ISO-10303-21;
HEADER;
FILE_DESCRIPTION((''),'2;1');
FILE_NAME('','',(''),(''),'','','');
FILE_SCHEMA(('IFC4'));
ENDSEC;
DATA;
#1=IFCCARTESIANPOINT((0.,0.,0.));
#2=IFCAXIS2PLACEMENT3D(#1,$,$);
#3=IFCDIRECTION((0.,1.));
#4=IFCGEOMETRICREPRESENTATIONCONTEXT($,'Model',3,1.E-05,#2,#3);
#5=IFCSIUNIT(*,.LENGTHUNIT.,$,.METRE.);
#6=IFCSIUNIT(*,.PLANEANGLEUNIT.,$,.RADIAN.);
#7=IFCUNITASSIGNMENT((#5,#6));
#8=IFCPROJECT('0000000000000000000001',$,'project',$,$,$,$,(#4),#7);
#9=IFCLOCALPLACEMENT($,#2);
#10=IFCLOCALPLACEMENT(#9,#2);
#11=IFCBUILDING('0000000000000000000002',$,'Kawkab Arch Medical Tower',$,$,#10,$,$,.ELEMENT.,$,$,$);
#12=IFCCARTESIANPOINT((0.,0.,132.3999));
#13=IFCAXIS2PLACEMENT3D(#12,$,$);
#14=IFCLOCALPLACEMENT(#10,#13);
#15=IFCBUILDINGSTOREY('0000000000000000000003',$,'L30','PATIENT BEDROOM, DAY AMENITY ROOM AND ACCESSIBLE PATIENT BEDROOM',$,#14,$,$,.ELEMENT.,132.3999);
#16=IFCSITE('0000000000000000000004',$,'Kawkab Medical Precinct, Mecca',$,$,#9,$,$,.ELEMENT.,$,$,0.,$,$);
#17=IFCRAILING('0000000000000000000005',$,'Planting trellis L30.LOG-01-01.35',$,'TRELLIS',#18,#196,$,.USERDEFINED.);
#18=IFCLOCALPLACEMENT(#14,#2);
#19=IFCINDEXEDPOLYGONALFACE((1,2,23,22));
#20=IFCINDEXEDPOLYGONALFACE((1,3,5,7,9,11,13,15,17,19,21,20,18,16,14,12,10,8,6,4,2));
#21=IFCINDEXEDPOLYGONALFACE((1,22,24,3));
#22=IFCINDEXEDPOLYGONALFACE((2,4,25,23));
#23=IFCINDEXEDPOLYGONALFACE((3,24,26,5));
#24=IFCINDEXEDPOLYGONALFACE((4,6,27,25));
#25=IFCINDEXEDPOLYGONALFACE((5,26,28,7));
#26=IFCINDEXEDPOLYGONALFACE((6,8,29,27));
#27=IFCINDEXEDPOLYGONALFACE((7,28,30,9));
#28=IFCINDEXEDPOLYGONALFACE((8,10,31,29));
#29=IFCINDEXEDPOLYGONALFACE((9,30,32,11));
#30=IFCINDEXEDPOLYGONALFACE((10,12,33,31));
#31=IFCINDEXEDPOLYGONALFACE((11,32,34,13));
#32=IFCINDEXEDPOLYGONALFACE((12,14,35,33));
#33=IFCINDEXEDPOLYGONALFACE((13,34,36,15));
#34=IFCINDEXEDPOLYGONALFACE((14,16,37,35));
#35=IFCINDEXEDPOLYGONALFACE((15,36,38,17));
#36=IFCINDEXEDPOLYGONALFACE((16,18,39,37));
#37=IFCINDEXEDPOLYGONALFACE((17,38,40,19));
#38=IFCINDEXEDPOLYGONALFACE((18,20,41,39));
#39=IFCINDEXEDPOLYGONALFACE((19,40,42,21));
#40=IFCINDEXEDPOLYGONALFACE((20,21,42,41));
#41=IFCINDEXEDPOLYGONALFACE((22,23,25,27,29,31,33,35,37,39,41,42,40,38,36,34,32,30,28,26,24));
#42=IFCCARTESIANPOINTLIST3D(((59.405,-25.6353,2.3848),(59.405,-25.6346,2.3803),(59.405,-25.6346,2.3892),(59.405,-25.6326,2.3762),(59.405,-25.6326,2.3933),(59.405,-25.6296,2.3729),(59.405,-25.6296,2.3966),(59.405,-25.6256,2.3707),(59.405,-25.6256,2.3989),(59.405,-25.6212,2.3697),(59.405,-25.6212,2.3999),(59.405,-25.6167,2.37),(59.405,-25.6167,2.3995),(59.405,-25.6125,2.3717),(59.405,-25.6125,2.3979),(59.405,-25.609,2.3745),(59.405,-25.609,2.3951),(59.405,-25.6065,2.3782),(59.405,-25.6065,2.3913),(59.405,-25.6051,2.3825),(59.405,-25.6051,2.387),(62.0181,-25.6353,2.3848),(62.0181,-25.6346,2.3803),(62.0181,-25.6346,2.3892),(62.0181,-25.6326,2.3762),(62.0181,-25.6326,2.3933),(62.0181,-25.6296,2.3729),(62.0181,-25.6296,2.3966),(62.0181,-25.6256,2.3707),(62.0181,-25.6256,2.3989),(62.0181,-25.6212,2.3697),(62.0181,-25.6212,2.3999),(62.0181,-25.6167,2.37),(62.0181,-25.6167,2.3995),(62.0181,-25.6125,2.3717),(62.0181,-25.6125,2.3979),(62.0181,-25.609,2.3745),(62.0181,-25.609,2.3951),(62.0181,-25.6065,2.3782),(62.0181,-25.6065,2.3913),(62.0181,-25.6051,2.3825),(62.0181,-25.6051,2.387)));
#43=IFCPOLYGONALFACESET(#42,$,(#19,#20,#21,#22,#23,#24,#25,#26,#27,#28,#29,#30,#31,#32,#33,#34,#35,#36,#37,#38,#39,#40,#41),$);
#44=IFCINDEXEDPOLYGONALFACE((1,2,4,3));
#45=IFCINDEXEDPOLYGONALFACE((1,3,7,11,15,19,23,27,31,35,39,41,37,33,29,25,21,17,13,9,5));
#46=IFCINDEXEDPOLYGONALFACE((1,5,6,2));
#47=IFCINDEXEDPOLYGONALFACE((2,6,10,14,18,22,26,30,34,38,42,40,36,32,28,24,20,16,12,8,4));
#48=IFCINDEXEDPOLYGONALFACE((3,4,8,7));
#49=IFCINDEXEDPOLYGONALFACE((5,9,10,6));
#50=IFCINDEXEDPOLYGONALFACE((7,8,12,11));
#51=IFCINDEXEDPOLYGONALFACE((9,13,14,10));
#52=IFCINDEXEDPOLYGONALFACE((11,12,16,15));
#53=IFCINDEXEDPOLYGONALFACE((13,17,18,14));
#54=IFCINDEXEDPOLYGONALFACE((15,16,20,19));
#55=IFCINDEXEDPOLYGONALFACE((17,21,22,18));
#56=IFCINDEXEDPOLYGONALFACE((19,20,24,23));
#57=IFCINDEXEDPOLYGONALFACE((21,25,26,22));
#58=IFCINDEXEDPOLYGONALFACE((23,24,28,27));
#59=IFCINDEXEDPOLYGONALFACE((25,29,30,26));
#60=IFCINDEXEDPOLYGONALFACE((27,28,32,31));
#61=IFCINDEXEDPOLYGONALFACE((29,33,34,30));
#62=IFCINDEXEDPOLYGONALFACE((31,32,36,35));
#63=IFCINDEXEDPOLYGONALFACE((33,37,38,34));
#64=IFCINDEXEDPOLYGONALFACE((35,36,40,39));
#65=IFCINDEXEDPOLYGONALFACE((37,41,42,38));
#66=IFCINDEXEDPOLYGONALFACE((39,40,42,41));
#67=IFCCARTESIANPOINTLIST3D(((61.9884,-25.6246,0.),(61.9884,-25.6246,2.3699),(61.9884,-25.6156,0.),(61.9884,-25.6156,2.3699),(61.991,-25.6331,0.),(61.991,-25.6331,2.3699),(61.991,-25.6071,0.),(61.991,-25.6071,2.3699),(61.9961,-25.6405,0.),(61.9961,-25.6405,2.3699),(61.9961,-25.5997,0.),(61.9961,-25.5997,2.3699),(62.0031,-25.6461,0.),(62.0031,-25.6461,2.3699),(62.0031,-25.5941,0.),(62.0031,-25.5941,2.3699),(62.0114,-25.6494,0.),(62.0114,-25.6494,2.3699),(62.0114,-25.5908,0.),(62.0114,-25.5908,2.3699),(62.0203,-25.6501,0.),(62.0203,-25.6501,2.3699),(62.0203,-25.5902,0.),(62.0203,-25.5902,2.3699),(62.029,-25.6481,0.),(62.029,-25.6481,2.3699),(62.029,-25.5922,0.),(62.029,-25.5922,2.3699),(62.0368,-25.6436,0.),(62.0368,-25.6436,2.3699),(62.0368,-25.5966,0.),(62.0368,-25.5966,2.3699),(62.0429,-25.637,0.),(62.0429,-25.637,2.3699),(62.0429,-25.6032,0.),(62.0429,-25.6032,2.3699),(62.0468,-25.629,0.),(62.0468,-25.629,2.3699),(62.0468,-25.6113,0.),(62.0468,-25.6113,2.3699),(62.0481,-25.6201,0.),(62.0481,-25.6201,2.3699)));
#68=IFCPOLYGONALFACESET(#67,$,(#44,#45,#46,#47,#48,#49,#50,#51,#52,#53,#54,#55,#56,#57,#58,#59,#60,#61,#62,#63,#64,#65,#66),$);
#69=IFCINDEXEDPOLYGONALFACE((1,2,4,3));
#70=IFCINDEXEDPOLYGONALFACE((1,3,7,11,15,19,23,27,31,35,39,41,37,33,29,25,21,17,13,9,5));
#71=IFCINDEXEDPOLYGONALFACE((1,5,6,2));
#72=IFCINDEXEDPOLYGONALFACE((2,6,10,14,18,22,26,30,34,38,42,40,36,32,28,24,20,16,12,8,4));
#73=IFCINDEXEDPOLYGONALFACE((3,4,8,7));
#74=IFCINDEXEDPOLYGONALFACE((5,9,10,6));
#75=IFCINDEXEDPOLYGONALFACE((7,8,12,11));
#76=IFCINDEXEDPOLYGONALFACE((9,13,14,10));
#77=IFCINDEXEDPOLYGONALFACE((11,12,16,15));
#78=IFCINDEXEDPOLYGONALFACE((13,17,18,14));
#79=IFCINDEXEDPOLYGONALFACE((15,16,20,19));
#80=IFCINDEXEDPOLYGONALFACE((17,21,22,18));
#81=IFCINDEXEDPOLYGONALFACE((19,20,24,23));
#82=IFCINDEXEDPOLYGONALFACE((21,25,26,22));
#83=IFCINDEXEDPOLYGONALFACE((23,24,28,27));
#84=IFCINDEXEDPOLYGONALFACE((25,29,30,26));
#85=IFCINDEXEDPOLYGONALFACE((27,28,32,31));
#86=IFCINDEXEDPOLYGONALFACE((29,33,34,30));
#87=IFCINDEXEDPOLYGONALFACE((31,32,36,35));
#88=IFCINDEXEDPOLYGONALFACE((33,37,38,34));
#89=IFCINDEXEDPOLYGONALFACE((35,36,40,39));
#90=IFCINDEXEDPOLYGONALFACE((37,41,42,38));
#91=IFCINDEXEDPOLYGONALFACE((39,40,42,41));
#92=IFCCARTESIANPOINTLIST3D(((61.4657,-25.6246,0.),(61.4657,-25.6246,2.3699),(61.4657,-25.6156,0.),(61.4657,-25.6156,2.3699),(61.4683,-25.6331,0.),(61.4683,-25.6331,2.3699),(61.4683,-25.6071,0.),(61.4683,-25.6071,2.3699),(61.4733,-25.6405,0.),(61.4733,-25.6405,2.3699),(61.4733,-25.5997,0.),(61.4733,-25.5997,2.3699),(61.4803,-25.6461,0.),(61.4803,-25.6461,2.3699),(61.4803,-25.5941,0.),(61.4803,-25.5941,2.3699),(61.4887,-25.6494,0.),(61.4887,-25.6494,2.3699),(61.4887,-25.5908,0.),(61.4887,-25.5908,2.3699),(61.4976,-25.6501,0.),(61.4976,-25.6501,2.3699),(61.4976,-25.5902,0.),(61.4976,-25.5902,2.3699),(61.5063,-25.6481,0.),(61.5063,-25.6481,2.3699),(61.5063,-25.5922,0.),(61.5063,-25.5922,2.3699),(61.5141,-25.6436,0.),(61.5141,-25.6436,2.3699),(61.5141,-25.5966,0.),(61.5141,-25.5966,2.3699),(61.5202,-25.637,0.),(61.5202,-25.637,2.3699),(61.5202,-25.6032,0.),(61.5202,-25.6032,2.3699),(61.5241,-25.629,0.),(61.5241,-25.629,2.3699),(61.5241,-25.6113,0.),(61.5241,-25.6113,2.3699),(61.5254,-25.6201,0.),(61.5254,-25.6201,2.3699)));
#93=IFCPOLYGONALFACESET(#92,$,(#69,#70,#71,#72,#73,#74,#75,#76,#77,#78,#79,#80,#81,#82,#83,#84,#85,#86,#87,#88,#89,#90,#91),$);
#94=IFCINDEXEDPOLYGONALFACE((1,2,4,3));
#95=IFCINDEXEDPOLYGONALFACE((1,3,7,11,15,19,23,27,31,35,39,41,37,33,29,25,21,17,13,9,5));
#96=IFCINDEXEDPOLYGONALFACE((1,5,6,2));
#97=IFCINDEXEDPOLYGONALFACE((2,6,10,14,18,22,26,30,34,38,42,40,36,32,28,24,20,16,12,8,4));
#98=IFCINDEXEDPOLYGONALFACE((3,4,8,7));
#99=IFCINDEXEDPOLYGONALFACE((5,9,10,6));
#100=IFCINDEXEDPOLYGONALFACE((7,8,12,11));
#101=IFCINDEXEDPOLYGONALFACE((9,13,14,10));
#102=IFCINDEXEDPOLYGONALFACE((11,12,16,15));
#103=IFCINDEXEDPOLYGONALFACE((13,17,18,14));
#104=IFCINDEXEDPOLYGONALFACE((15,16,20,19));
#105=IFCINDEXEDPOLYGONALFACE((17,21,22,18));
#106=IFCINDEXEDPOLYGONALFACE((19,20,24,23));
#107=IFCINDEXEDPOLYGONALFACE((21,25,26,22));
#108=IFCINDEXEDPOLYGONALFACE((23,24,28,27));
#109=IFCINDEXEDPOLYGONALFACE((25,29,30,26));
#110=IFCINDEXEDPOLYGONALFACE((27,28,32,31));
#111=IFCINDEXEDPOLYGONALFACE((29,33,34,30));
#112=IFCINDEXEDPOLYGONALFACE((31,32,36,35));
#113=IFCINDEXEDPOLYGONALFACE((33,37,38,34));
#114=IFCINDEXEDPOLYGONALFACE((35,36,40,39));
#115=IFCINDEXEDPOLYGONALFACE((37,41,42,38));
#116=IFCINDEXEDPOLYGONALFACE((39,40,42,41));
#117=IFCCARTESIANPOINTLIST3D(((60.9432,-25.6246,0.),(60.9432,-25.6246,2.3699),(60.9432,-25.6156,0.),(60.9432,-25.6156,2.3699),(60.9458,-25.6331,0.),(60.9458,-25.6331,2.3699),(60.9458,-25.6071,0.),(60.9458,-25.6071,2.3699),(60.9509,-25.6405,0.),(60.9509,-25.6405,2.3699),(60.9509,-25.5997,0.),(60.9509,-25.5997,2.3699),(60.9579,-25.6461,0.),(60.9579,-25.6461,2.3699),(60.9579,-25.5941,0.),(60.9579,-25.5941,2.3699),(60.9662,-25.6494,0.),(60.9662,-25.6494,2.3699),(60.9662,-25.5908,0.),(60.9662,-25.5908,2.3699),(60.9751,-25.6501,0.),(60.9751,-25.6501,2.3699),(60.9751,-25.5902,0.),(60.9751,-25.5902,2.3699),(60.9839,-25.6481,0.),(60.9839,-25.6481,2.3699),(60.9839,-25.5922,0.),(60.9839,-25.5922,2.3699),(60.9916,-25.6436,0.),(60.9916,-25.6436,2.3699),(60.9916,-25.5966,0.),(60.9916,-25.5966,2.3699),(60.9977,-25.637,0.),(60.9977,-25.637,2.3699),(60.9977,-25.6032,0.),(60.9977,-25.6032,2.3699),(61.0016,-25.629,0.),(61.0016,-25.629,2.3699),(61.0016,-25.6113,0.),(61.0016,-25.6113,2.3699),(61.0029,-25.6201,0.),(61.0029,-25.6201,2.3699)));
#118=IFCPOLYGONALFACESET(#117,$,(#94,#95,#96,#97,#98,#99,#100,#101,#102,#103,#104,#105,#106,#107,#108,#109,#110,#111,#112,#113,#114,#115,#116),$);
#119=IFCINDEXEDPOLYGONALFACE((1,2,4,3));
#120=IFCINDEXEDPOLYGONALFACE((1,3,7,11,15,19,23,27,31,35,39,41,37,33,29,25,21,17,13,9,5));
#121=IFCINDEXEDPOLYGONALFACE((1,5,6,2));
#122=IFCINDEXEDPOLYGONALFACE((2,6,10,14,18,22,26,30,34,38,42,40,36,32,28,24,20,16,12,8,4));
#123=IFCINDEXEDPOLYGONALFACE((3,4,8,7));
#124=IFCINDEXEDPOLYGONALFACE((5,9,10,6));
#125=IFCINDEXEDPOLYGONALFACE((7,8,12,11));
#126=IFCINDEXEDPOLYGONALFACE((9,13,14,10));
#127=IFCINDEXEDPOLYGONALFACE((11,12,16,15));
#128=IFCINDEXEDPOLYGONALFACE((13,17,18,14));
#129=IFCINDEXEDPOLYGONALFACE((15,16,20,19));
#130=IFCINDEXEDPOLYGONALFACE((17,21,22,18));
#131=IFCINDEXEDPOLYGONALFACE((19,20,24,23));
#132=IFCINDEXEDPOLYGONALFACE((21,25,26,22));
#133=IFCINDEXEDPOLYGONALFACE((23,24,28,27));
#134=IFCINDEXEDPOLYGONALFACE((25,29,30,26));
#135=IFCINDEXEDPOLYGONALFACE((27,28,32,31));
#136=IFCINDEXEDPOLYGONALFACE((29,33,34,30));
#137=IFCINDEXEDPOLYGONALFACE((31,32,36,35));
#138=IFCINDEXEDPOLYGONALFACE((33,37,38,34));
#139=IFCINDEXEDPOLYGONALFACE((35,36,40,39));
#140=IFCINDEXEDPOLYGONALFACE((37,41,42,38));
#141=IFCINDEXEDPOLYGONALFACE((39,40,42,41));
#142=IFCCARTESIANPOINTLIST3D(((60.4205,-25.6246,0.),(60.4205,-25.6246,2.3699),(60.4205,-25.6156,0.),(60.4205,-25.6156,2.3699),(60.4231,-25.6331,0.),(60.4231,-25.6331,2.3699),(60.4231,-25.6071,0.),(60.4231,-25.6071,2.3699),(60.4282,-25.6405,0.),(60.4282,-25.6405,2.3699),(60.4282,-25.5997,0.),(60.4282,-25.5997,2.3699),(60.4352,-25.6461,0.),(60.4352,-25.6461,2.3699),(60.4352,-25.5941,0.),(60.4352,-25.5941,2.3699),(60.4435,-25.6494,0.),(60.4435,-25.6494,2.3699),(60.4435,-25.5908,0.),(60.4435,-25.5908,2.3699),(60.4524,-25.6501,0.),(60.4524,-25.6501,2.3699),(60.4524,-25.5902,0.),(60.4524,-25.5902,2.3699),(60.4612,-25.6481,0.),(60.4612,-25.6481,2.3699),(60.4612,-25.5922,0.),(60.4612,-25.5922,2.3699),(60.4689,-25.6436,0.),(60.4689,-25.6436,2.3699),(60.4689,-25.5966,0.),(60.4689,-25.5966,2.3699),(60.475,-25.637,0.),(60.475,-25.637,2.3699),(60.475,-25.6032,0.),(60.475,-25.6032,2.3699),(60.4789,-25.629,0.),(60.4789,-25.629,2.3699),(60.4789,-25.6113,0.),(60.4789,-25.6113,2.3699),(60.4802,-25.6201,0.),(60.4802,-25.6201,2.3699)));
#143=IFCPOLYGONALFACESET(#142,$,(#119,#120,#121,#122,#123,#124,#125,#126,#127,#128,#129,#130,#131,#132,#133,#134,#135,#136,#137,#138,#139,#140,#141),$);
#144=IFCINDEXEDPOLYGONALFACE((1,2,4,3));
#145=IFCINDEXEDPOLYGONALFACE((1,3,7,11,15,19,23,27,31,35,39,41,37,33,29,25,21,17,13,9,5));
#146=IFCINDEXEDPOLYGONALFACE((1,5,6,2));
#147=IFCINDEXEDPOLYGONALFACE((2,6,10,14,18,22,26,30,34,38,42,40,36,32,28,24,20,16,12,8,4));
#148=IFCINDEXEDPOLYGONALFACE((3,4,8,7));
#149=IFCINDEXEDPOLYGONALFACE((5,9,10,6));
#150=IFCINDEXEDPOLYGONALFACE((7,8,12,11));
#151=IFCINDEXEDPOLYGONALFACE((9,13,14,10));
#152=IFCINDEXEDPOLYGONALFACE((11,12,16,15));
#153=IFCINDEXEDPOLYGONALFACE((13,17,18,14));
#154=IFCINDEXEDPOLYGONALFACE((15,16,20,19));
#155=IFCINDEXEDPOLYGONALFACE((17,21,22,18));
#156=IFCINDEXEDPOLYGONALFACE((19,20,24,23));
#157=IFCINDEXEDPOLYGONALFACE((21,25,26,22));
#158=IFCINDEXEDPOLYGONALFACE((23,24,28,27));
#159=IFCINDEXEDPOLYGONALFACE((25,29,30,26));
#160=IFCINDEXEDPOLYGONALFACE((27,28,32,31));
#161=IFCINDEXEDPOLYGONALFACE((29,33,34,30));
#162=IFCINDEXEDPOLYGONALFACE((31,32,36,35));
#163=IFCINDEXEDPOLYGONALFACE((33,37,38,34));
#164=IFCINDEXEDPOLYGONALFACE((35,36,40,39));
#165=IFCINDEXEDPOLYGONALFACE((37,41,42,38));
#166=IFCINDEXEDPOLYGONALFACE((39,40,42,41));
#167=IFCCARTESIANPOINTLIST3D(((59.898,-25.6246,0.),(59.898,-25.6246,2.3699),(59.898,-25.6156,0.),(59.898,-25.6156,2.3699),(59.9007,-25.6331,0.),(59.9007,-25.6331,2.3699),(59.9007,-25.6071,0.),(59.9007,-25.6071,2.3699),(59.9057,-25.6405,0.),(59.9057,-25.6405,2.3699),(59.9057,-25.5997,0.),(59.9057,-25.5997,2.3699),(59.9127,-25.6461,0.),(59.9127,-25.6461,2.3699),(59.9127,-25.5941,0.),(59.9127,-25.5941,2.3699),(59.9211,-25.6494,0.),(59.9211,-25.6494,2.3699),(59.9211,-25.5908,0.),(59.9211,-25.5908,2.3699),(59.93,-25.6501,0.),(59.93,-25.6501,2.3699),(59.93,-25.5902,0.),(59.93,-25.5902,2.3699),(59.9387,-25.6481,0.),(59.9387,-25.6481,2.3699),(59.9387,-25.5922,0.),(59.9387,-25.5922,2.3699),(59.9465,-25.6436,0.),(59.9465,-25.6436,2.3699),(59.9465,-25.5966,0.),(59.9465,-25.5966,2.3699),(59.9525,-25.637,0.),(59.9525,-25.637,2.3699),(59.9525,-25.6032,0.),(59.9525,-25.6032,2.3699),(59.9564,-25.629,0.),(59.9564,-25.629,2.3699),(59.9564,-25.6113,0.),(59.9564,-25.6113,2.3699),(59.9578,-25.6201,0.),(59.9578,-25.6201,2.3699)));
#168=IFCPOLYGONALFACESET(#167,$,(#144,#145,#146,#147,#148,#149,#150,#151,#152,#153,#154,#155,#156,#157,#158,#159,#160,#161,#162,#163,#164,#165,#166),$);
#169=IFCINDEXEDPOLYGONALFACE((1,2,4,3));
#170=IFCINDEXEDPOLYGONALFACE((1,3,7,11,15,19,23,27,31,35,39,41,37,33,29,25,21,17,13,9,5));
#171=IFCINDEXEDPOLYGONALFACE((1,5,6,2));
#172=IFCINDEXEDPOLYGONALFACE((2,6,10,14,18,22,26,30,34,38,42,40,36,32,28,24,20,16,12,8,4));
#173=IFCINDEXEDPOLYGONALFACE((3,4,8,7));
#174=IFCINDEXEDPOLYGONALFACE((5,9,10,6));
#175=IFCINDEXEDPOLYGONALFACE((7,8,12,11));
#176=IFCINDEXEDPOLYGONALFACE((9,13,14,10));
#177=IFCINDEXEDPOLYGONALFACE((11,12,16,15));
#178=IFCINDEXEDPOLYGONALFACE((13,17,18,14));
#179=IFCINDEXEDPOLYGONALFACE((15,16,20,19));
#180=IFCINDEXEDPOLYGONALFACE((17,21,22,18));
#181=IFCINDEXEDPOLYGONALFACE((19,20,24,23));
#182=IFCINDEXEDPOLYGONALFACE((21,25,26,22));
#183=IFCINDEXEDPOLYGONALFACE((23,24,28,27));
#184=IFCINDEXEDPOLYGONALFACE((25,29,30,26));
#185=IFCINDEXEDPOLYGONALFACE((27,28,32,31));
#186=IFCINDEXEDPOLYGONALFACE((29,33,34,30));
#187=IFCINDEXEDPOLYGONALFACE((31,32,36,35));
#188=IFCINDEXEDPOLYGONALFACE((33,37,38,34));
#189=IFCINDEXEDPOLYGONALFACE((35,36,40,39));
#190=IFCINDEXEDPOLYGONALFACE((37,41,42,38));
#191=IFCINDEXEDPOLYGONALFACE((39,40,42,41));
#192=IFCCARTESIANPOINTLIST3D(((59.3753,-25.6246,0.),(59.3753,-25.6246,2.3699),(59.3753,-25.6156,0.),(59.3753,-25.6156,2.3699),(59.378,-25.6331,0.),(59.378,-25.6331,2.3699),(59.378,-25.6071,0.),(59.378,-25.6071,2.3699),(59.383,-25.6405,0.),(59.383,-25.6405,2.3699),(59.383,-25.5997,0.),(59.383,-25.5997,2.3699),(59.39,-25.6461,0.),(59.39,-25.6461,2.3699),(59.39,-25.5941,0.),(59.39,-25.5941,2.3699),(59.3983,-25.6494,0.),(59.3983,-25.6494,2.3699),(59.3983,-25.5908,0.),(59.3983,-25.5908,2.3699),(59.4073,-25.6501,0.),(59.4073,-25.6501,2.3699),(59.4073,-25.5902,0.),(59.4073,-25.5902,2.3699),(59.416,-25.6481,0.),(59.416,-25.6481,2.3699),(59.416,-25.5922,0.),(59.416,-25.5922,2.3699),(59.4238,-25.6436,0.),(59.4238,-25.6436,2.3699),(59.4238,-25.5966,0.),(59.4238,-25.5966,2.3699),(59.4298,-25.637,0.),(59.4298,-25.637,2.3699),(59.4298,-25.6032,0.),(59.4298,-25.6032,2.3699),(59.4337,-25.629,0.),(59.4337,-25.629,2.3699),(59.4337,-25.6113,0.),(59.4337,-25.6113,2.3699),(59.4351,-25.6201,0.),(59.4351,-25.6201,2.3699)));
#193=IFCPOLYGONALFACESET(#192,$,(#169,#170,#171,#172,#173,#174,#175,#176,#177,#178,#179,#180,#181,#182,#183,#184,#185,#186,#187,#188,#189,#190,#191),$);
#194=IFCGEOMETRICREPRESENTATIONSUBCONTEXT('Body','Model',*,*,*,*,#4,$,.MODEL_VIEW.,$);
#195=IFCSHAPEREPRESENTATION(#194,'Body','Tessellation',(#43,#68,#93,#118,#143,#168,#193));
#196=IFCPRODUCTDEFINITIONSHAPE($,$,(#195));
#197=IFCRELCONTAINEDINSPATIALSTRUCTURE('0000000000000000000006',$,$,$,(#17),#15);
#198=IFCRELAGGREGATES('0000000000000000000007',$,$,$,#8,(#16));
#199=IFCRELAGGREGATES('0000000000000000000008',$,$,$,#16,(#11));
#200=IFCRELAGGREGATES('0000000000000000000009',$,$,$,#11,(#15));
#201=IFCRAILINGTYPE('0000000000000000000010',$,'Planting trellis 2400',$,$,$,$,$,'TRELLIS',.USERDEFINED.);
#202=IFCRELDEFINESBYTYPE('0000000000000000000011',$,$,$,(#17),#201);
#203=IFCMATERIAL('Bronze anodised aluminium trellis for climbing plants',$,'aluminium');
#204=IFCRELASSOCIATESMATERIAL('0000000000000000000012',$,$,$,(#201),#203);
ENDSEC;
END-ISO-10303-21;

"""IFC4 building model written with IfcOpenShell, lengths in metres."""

from ifc_helpers import new_model, si_unit, direction, frame, origin, origin_2d, place, context, subcontext, project, spatial, circle, extrude, material, type_object, element, save


model = new_model("IFC4")

# Units and contexts
model_context = context("Model", 3, precision=1e-05, world=origin(), true_north=direction((0.0, 1.0)))
body_context = subcontext(model_context, "Body", "Model", "MODEL_VIEW")
ifc_project = project(units=[si_unit("LENGTHUNIT", "METRE"), si_unit("PLANEANGLEUNIT", "RADIAN")], contexts=[model_context])

# Site, building, storey
site_placement = place(None, origin())
site = spatial("IfcSite", under=ifc_project, at=site_placement, Name="Kawkab Medical Precinct, Mecca", CompositionType="ELEMENT", RefElevation=0.0)
building_placement = place(site_placement, origin())
building = spatial("IfcBuilding", under=site, at=building_placement, Name="Kawkab Arch Medical Tower", CompositionType="ELEMENT")
storey_placement = place(building_placement, frame((0.0, 0.0, 132.3999)))
storey = spatial("IfcBuildingStorey", under=building, at=storey_placement, Name="L30", Description="PATIENT BEDROOM, DAY AMENITY ROOM AND ACCESSIBLE PATIENT BEDROOM", CompositionType="ELEMENT", Elevation=132.3999)

# Railing
ifc_material_1 = material(Name="Bronze anodised aluminium trellis for climbing plants", Category="aluminium")
railing_type = type_object("IfcRailingType", Name="Planting trellis 2400", ElementType="TRELLIS", PredefinedType="USERDEFINED", material=ifc_material_1)
railing_1_placement = place(storey_placement, frame((62.0181, -25.6201, 0.0)))
element("IfcRailing", 1, at=railing_1_placement, inside=storey, type_object=railing_type, Name="Planting trellis L30.LOG-01-01.35", ObjectType="TRELLIS", PredefinedType="USERDEFINED", context=body_context, shape_type="SweptSolid", body=[
    extrude(circle(Radius=0.0151, at=origin_2d()), frame((0.0, 0.0, 2.3848), z_axis=(-1.0, 0.0, 0.0), x_axis=(0.0, -1.0, 0.0)), (0.0, 0.0, 1.0), 2.613),
    extrude(circle(Radius=0.03, at=origin_2d()), origin(), (0.0, 0.0, 1.0), 2.3699),
    extrude(circle(Radius=0.03, at=origin_2d()), frame((-0.5227, 0.0, 0.0)), (0.0, 0.0, 1.0), 2.3699),
    extrude(circle(Radius=0.03, at=origin_2d()), frame((-1.0452, 0.0, 0.0)), (0.0, 0.0, 1.0), 2.3699),
    extrude(circle(Radius=0.03, at=origin_2d()), frame((-1.5679, 0.0, 0.0)), (0.0, 0.0, 1.0), 2.3699),
    extrude(circle(Radius=0.03, at=origin_2d()), frame((-2.0903, 0.0, 0.0)), (0.0, 0.0, 1.0), 2.3699),
    extrude(circle(Radius=0.03, at=origin_2d()), frame((-2.613, 0.0, 0.0)), (0.0, 0.0, 1.0), 2.3699),
])

save(model, "model.ifc")
